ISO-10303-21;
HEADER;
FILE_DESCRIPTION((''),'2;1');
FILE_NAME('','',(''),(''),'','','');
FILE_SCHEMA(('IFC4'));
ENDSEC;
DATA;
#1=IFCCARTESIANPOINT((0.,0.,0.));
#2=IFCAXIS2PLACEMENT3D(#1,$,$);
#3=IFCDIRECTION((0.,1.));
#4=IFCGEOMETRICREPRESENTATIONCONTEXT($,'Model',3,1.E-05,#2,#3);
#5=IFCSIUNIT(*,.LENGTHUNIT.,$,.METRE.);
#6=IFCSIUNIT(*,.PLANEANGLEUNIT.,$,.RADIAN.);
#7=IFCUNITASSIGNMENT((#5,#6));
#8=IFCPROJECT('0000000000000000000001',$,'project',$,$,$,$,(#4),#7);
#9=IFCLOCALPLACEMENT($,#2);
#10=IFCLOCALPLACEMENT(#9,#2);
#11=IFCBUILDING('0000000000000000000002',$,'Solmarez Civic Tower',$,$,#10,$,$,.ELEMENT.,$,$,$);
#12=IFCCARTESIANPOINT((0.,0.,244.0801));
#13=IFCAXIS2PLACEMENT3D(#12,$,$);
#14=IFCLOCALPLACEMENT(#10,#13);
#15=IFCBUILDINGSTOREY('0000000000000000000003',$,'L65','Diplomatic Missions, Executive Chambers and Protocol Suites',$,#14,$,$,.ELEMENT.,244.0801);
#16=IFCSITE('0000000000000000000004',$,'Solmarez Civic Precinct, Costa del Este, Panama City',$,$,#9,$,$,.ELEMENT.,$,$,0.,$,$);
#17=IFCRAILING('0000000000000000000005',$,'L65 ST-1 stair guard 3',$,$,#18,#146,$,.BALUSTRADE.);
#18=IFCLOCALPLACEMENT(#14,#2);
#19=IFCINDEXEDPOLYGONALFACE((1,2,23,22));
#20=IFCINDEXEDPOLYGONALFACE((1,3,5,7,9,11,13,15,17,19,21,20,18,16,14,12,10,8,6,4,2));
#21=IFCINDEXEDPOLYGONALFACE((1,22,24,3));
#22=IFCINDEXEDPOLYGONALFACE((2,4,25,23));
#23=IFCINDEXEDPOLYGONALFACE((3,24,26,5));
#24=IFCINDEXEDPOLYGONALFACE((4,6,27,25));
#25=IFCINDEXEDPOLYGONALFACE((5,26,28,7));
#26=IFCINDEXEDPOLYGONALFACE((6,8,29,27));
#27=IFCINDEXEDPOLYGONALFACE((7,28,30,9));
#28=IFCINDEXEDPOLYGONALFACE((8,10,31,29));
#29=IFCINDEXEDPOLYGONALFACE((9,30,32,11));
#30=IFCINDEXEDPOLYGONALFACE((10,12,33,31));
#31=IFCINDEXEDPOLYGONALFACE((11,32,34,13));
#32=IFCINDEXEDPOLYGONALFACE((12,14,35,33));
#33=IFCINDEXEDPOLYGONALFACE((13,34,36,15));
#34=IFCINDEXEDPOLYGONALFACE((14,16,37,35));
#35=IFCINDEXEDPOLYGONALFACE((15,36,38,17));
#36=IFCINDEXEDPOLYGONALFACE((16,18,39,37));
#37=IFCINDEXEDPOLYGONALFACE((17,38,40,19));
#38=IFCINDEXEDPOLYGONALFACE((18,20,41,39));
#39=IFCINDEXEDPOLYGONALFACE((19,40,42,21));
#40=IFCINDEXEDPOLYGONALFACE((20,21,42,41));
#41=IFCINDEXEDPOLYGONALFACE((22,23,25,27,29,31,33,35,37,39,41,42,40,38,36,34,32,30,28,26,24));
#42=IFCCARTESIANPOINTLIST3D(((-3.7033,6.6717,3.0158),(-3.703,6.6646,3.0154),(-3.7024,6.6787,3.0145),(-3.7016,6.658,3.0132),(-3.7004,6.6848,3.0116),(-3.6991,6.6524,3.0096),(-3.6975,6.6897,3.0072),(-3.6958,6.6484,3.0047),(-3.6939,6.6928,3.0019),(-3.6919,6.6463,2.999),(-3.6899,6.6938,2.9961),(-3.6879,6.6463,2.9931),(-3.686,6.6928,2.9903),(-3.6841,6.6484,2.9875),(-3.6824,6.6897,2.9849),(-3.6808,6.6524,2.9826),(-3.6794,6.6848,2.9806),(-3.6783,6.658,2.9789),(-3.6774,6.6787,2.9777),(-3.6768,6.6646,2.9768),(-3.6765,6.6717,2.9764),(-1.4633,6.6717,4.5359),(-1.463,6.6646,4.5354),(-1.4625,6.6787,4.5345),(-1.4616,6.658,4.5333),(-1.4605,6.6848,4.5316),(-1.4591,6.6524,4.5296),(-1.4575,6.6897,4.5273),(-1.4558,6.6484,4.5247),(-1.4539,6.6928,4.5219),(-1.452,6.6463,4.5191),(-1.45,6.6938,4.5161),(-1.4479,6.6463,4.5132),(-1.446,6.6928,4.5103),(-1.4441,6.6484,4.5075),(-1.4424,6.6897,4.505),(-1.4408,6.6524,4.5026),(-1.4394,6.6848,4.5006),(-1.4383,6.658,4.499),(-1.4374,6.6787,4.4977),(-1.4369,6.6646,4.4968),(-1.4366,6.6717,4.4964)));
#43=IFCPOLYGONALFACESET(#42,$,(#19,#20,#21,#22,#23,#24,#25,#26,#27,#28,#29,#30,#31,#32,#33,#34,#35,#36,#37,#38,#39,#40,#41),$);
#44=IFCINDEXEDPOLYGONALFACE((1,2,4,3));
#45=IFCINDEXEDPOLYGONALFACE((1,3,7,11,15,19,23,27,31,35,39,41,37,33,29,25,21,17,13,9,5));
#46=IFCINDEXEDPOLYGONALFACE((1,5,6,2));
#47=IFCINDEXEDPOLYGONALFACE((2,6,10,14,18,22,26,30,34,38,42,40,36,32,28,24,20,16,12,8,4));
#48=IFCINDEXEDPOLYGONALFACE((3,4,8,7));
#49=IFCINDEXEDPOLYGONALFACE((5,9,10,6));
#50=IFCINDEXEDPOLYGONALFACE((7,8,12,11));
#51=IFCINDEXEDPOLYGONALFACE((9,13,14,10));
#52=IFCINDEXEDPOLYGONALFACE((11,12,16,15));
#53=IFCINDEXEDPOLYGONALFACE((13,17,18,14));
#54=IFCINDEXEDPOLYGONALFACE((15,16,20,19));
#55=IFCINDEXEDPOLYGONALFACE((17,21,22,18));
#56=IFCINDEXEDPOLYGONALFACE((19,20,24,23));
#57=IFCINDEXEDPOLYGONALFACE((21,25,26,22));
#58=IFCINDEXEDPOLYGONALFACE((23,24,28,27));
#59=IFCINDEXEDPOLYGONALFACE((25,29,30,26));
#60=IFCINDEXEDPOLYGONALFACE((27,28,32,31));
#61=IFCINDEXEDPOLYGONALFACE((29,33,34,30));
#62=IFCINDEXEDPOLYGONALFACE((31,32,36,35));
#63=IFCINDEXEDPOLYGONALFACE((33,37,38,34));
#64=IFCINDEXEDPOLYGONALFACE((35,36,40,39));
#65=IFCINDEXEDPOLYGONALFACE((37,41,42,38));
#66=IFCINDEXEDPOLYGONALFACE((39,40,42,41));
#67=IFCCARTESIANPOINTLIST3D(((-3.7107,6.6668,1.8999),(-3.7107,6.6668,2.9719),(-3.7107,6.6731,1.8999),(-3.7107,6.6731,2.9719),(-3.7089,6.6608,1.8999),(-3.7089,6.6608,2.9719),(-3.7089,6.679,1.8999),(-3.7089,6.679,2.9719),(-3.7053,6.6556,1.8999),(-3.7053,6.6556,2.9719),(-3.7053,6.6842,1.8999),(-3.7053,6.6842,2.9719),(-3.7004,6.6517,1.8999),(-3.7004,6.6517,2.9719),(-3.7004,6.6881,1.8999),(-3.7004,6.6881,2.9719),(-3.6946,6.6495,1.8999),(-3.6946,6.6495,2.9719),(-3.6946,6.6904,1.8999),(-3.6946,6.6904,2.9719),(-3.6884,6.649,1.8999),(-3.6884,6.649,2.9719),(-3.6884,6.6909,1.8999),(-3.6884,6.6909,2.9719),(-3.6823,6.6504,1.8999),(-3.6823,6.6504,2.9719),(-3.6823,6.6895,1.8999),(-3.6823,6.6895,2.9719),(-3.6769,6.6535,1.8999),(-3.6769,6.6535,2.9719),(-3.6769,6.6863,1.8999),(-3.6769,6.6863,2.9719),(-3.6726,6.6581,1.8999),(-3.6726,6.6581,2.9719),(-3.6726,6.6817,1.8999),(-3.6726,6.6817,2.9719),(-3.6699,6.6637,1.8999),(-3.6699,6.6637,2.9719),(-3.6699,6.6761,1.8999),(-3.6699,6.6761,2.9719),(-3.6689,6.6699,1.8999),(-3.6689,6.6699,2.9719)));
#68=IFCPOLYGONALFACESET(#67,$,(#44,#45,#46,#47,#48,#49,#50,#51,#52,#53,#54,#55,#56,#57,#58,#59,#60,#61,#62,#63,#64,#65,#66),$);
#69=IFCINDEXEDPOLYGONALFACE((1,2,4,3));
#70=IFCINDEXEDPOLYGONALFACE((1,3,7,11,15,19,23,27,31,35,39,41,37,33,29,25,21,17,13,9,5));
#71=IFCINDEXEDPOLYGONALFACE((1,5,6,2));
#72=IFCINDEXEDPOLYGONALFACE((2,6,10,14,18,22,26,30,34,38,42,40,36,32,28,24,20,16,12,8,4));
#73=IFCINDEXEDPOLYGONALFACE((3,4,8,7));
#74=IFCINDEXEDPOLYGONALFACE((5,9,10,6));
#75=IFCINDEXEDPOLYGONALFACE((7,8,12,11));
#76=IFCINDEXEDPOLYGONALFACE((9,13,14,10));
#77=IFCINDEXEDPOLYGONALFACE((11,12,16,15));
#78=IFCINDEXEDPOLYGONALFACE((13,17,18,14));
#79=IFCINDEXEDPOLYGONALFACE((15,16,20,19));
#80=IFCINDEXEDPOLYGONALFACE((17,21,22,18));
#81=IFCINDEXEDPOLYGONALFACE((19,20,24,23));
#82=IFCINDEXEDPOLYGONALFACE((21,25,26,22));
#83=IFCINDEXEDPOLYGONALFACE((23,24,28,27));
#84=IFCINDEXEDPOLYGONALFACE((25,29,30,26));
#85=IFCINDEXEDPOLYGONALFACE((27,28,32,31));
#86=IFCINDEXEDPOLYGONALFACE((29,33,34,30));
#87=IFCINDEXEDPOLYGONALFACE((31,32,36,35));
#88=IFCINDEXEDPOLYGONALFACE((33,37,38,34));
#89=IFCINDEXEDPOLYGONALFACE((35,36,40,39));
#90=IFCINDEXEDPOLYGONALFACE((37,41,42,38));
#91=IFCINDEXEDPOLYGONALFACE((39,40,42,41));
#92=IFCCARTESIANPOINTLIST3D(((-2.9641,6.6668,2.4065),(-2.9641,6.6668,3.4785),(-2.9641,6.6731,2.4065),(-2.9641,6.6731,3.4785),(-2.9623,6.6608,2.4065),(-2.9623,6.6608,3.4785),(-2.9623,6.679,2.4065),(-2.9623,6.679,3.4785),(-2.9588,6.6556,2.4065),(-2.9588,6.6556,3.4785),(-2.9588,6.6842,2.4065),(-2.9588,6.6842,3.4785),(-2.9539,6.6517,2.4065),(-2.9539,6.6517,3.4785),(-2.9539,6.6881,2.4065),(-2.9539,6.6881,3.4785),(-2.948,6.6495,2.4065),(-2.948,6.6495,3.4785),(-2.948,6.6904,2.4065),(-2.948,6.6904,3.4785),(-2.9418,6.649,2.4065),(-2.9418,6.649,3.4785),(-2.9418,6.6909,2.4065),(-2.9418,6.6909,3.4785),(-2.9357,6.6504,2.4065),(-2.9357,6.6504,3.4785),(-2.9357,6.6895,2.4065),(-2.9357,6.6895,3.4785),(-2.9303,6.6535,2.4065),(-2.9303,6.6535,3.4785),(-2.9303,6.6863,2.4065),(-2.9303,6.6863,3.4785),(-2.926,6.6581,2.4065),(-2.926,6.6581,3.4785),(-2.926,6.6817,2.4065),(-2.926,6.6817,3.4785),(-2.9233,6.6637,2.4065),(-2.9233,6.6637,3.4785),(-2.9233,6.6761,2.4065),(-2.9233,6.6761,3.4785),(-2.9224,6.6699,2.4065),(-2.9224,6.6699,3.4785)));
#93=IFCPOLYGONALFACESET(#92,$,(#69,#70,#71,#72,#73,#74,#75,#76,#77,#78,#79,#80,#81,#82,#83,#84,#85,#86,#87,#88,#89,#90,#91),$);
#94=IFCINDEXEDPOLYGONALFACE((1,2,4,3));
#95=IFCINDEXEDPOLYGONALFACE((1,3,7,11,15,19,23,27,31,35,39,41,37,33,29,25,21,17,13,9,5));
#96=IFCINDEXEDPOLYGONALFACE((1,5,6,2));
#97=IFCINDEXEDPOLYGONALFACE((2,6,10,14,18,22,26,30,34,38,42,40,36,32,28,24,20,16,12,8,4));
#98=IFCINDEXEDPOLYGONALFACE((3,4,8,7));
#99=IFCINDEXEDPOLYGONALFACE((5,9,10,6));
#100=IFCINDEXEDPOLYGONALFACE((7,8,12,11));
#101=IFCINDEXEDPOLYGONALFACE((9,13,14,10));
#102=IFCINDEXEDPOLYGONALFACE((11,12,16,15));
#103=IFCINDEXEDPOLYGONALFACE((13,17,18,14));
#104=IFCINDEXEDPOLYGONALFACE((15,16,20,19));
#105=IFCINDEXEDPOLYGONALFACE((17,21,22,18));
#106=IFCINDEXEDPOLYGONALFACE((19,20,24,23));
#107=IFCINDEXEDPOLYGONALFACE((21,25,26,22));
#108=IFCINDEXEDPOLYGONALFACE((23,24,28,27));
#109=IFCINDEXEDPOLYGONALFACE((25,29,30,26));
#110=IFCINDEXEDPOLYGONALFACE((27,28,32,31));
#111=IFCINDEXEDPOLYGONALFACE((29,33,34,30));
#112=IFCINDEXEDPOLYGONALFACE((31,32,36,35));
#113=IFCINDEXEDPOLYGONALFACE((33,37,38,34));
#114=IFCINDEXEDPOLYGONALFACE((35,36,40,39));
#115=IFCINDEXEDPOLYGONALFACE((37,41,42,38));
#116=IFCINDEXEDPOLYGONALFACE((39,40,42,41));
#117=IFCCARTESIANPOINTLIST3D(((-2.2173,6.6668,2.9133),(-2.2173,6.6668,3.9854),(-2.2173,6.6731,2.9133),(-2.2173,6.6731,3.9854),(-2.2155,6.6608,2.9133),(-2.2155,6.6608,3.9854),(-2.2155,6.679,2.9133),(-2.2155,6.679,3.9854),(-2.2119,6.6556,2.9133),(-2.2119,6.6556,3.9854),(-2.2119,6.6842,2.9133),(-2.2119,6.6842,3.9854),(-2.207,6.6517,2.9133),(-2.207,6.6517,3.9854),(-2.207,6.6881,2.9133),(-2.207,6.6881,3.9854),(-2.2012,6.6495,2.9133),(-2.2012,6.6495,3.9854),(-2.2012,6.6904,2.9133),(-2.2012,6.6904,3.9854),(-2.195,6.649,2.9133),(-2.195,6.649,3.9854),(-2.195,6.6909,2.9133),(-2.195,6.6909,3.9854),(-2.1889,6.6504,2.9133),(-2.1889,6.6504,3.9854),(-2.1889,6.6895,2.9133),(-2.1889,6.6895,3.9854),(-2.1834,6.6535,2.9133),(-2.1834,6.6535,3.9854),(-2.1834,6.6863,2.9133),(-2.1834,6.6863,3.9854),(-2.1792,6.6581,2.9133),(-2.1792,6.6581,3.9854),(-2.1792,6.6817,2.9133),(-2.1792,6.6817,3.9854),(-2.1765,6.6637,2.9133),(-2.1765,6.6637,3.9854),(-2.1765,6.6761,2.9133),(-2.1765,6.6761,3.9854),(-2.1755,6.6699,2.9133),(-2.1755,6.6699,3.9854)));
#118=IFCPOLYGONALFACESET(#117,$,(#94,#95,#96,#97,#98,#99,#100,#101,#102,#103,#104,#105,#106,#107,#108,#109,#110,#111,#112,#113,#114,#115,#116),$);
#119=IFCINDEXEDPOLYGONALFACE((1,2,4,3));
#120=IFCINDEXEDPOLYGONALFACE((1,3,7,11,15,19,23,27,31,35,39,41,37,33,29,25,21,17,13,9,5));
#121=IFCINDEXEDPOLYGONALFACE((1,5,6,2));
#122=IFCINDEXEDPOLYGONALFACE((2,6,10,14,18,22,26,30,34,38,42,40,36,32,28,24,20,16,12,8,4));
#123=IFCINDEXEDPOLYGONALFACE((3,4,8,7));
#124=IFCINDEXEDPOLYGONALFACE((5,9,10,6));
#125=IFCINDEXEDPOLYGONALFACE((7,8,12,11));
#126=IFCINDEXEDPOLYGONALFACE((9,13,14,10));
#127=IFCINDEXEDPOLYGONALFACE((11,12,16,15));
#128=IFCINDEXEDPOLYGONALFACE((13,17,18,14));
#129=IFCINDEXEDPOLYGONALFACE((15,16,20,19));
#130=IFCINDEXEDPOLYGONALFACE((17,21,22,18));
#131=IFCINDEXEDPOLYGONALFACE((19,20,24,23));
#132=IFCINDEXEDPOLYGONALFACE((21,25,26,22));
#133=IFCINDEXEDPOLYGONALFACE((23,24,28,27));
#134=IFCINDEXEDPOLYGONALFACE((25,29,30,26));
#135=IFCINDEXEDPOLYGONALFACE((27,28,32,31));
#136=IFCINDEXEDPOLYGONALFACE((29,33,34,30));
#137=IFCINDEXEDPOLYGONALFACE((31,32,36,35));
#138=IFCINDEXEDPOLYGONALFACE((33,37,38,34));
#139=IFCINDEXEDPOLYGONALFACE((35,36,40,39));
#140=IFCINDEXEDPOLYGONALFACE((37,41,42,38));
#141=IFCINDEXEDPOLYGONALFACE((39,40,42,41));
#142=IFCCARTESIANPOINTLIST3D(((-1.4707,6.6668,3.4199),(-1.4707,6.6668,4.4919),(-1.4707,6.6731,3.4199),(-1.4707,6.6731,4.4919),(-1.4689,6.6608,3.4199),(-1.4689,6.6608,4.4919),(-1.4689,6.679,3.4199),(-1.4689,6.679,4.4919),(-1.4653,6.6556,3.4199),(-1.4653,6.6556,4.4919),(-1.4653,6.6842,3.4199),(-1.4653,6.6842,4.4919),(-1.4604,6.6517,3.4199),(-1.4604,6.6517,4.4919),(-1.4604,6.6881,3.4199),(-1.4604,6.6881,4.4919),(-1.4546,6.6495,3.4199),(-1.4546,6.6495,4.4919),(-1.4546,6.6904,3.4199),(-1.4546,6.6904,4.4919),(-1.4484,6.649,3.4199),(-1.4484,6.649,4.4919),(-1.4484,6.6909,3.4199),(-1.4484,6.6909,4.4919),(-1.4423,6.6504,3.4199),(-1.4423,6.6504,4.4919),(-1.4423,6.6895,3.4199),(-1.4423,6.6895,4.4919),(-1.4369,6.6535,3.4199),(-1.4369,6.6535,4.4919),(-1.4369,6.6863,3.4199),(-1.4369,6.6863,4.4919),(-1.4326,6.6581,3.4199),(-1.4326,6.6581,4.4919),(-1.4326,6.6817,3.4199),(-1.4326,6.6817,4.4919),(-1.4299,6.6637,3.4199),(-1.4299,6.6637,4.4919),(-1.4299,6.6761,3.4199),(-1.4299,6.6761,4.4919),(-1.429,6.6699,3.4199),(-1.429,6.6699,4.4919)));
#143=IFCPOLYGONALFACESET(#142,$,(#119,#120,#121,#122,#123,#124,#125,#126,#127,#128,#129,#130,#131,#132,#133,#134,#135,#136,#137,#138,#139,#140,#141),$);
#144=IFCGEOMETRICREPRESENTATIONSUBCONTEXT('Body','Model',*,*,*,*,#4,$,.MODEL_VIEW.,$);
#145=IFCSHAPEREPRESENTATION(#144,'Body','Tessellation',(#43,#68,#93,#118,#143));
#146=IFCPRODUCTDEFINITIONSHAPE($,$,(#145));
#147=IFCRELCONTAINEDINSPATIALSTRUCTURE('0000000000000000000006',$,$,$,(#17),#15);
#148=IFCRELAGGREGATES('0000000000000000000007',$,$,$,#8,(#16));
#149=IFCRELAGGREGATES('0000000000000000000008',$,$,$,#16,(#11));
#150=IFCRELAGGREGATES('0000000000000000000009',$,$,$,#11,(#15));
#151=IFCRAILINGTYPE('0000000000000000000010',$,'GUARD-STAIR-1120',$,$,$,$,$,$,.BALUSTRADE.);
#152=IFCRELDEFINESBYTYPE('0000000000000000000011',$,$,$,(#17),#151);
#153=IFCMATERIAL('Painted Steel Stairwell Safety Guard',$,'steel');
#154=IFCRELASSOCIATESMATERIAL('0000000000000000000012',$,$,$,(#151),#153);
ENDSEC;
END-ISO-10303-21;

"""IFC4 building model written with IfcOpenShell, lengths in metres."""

from ifc_helpers import new_model, si_unit, direction, frame, origin, origin_2d, place, context, subcontext, project, spatial, circle, extrude, material, type_object, element, save


model = new_model("IFC4")

# Units and contexts
model_context = context("Model", 3, precision=1e-05, world=origin(), true_north=direction((0.0, 1.0)))
body_context = subcontext(model_context, "Body", "Model", "MODEL_VIEW")
ifc_project = project(units=[si_unit("LENGTHUNIT", "METRE"), si_unit("PLANEANGLEUNIT", "RADIAN")], contexts=[model_context])

# Site, building, storey
site_placement = place(None, origin())
site = spatial("IfcSite", under=ifc_project, at=site_placement, Name="Solmarez Civic Precinct, Costa del Este, Panama City", CompositionType="ELEMENT", RefElevation=0.0)
building_placement = place(site_placement, origin())
building = spatial("IfcBuilding", under=site, at=building_placement, Name="Solmarez Civic Tower", CompositionType="ELEMENT")
storey_placement = place(building_placement, frame((0.0, 0.0, 244.0801)))
storey = spatial("IfcBuildingStorey", under=building, at=storey_placement, Name="L65", Description="Diplomatic Missions, Executive Chambers and Protocol Suites", CompositionType="ELEMENT", Elevation=244.0801)

# Railing
ifc_material_1 = material(Name="Painted Steel Stairwell Safety Guard", Category="steel")
railing_type_1 = type_object("IfcRailingType", Name="GUARD-STAIR-1120", PredefinedType="BALUSTRADE", material=ifc_material_1)
railing_1_placement = place(storey_placement, frame((-3.6899, 6.6699, 1.8999)))
element("IfcRailing", 1, at=railing_1_placement, inside=storey, type_object=railing_type_1, Name="L65 ST-1 stair guard 3", PredefinedType="BALUSTRADE", context=body_context, shape_type="SweptSolid", body=[
    extrude(circle(Radius=0.0239, at=origin_2d()), frame((0.0, 0.0, 1.0962), z_axis=(0.827471, 0.0, 0.561508), x_axis=(0.0, 1.0, 0.0)), (0.0, 0.0, 1.0), 2.707),
    extrude(circle(Radius=0.021, at=origin_2d()), origin(), (0.0, 0.0, 1.0), 1.072),
    extrude(circle(Radius=0.021, at=origin_2d()), frame((0.7466, 0.0, 0.5066)), (0.0, 0.0, 1.0), 1.072),
    extrude(circle(Radius=0.021, at=origin_2d()), frame((1.4934, 0.0, 1.0134)), (0.0, 0.0, 1.0), 1.072),
    extrude(circle(Radius=0.021, at=origin_2d()), frame((2.24, 0.0, 1.52)), (0.0, 0.0, 1.0), 1.072),
])

save(model, "model.ifc")
